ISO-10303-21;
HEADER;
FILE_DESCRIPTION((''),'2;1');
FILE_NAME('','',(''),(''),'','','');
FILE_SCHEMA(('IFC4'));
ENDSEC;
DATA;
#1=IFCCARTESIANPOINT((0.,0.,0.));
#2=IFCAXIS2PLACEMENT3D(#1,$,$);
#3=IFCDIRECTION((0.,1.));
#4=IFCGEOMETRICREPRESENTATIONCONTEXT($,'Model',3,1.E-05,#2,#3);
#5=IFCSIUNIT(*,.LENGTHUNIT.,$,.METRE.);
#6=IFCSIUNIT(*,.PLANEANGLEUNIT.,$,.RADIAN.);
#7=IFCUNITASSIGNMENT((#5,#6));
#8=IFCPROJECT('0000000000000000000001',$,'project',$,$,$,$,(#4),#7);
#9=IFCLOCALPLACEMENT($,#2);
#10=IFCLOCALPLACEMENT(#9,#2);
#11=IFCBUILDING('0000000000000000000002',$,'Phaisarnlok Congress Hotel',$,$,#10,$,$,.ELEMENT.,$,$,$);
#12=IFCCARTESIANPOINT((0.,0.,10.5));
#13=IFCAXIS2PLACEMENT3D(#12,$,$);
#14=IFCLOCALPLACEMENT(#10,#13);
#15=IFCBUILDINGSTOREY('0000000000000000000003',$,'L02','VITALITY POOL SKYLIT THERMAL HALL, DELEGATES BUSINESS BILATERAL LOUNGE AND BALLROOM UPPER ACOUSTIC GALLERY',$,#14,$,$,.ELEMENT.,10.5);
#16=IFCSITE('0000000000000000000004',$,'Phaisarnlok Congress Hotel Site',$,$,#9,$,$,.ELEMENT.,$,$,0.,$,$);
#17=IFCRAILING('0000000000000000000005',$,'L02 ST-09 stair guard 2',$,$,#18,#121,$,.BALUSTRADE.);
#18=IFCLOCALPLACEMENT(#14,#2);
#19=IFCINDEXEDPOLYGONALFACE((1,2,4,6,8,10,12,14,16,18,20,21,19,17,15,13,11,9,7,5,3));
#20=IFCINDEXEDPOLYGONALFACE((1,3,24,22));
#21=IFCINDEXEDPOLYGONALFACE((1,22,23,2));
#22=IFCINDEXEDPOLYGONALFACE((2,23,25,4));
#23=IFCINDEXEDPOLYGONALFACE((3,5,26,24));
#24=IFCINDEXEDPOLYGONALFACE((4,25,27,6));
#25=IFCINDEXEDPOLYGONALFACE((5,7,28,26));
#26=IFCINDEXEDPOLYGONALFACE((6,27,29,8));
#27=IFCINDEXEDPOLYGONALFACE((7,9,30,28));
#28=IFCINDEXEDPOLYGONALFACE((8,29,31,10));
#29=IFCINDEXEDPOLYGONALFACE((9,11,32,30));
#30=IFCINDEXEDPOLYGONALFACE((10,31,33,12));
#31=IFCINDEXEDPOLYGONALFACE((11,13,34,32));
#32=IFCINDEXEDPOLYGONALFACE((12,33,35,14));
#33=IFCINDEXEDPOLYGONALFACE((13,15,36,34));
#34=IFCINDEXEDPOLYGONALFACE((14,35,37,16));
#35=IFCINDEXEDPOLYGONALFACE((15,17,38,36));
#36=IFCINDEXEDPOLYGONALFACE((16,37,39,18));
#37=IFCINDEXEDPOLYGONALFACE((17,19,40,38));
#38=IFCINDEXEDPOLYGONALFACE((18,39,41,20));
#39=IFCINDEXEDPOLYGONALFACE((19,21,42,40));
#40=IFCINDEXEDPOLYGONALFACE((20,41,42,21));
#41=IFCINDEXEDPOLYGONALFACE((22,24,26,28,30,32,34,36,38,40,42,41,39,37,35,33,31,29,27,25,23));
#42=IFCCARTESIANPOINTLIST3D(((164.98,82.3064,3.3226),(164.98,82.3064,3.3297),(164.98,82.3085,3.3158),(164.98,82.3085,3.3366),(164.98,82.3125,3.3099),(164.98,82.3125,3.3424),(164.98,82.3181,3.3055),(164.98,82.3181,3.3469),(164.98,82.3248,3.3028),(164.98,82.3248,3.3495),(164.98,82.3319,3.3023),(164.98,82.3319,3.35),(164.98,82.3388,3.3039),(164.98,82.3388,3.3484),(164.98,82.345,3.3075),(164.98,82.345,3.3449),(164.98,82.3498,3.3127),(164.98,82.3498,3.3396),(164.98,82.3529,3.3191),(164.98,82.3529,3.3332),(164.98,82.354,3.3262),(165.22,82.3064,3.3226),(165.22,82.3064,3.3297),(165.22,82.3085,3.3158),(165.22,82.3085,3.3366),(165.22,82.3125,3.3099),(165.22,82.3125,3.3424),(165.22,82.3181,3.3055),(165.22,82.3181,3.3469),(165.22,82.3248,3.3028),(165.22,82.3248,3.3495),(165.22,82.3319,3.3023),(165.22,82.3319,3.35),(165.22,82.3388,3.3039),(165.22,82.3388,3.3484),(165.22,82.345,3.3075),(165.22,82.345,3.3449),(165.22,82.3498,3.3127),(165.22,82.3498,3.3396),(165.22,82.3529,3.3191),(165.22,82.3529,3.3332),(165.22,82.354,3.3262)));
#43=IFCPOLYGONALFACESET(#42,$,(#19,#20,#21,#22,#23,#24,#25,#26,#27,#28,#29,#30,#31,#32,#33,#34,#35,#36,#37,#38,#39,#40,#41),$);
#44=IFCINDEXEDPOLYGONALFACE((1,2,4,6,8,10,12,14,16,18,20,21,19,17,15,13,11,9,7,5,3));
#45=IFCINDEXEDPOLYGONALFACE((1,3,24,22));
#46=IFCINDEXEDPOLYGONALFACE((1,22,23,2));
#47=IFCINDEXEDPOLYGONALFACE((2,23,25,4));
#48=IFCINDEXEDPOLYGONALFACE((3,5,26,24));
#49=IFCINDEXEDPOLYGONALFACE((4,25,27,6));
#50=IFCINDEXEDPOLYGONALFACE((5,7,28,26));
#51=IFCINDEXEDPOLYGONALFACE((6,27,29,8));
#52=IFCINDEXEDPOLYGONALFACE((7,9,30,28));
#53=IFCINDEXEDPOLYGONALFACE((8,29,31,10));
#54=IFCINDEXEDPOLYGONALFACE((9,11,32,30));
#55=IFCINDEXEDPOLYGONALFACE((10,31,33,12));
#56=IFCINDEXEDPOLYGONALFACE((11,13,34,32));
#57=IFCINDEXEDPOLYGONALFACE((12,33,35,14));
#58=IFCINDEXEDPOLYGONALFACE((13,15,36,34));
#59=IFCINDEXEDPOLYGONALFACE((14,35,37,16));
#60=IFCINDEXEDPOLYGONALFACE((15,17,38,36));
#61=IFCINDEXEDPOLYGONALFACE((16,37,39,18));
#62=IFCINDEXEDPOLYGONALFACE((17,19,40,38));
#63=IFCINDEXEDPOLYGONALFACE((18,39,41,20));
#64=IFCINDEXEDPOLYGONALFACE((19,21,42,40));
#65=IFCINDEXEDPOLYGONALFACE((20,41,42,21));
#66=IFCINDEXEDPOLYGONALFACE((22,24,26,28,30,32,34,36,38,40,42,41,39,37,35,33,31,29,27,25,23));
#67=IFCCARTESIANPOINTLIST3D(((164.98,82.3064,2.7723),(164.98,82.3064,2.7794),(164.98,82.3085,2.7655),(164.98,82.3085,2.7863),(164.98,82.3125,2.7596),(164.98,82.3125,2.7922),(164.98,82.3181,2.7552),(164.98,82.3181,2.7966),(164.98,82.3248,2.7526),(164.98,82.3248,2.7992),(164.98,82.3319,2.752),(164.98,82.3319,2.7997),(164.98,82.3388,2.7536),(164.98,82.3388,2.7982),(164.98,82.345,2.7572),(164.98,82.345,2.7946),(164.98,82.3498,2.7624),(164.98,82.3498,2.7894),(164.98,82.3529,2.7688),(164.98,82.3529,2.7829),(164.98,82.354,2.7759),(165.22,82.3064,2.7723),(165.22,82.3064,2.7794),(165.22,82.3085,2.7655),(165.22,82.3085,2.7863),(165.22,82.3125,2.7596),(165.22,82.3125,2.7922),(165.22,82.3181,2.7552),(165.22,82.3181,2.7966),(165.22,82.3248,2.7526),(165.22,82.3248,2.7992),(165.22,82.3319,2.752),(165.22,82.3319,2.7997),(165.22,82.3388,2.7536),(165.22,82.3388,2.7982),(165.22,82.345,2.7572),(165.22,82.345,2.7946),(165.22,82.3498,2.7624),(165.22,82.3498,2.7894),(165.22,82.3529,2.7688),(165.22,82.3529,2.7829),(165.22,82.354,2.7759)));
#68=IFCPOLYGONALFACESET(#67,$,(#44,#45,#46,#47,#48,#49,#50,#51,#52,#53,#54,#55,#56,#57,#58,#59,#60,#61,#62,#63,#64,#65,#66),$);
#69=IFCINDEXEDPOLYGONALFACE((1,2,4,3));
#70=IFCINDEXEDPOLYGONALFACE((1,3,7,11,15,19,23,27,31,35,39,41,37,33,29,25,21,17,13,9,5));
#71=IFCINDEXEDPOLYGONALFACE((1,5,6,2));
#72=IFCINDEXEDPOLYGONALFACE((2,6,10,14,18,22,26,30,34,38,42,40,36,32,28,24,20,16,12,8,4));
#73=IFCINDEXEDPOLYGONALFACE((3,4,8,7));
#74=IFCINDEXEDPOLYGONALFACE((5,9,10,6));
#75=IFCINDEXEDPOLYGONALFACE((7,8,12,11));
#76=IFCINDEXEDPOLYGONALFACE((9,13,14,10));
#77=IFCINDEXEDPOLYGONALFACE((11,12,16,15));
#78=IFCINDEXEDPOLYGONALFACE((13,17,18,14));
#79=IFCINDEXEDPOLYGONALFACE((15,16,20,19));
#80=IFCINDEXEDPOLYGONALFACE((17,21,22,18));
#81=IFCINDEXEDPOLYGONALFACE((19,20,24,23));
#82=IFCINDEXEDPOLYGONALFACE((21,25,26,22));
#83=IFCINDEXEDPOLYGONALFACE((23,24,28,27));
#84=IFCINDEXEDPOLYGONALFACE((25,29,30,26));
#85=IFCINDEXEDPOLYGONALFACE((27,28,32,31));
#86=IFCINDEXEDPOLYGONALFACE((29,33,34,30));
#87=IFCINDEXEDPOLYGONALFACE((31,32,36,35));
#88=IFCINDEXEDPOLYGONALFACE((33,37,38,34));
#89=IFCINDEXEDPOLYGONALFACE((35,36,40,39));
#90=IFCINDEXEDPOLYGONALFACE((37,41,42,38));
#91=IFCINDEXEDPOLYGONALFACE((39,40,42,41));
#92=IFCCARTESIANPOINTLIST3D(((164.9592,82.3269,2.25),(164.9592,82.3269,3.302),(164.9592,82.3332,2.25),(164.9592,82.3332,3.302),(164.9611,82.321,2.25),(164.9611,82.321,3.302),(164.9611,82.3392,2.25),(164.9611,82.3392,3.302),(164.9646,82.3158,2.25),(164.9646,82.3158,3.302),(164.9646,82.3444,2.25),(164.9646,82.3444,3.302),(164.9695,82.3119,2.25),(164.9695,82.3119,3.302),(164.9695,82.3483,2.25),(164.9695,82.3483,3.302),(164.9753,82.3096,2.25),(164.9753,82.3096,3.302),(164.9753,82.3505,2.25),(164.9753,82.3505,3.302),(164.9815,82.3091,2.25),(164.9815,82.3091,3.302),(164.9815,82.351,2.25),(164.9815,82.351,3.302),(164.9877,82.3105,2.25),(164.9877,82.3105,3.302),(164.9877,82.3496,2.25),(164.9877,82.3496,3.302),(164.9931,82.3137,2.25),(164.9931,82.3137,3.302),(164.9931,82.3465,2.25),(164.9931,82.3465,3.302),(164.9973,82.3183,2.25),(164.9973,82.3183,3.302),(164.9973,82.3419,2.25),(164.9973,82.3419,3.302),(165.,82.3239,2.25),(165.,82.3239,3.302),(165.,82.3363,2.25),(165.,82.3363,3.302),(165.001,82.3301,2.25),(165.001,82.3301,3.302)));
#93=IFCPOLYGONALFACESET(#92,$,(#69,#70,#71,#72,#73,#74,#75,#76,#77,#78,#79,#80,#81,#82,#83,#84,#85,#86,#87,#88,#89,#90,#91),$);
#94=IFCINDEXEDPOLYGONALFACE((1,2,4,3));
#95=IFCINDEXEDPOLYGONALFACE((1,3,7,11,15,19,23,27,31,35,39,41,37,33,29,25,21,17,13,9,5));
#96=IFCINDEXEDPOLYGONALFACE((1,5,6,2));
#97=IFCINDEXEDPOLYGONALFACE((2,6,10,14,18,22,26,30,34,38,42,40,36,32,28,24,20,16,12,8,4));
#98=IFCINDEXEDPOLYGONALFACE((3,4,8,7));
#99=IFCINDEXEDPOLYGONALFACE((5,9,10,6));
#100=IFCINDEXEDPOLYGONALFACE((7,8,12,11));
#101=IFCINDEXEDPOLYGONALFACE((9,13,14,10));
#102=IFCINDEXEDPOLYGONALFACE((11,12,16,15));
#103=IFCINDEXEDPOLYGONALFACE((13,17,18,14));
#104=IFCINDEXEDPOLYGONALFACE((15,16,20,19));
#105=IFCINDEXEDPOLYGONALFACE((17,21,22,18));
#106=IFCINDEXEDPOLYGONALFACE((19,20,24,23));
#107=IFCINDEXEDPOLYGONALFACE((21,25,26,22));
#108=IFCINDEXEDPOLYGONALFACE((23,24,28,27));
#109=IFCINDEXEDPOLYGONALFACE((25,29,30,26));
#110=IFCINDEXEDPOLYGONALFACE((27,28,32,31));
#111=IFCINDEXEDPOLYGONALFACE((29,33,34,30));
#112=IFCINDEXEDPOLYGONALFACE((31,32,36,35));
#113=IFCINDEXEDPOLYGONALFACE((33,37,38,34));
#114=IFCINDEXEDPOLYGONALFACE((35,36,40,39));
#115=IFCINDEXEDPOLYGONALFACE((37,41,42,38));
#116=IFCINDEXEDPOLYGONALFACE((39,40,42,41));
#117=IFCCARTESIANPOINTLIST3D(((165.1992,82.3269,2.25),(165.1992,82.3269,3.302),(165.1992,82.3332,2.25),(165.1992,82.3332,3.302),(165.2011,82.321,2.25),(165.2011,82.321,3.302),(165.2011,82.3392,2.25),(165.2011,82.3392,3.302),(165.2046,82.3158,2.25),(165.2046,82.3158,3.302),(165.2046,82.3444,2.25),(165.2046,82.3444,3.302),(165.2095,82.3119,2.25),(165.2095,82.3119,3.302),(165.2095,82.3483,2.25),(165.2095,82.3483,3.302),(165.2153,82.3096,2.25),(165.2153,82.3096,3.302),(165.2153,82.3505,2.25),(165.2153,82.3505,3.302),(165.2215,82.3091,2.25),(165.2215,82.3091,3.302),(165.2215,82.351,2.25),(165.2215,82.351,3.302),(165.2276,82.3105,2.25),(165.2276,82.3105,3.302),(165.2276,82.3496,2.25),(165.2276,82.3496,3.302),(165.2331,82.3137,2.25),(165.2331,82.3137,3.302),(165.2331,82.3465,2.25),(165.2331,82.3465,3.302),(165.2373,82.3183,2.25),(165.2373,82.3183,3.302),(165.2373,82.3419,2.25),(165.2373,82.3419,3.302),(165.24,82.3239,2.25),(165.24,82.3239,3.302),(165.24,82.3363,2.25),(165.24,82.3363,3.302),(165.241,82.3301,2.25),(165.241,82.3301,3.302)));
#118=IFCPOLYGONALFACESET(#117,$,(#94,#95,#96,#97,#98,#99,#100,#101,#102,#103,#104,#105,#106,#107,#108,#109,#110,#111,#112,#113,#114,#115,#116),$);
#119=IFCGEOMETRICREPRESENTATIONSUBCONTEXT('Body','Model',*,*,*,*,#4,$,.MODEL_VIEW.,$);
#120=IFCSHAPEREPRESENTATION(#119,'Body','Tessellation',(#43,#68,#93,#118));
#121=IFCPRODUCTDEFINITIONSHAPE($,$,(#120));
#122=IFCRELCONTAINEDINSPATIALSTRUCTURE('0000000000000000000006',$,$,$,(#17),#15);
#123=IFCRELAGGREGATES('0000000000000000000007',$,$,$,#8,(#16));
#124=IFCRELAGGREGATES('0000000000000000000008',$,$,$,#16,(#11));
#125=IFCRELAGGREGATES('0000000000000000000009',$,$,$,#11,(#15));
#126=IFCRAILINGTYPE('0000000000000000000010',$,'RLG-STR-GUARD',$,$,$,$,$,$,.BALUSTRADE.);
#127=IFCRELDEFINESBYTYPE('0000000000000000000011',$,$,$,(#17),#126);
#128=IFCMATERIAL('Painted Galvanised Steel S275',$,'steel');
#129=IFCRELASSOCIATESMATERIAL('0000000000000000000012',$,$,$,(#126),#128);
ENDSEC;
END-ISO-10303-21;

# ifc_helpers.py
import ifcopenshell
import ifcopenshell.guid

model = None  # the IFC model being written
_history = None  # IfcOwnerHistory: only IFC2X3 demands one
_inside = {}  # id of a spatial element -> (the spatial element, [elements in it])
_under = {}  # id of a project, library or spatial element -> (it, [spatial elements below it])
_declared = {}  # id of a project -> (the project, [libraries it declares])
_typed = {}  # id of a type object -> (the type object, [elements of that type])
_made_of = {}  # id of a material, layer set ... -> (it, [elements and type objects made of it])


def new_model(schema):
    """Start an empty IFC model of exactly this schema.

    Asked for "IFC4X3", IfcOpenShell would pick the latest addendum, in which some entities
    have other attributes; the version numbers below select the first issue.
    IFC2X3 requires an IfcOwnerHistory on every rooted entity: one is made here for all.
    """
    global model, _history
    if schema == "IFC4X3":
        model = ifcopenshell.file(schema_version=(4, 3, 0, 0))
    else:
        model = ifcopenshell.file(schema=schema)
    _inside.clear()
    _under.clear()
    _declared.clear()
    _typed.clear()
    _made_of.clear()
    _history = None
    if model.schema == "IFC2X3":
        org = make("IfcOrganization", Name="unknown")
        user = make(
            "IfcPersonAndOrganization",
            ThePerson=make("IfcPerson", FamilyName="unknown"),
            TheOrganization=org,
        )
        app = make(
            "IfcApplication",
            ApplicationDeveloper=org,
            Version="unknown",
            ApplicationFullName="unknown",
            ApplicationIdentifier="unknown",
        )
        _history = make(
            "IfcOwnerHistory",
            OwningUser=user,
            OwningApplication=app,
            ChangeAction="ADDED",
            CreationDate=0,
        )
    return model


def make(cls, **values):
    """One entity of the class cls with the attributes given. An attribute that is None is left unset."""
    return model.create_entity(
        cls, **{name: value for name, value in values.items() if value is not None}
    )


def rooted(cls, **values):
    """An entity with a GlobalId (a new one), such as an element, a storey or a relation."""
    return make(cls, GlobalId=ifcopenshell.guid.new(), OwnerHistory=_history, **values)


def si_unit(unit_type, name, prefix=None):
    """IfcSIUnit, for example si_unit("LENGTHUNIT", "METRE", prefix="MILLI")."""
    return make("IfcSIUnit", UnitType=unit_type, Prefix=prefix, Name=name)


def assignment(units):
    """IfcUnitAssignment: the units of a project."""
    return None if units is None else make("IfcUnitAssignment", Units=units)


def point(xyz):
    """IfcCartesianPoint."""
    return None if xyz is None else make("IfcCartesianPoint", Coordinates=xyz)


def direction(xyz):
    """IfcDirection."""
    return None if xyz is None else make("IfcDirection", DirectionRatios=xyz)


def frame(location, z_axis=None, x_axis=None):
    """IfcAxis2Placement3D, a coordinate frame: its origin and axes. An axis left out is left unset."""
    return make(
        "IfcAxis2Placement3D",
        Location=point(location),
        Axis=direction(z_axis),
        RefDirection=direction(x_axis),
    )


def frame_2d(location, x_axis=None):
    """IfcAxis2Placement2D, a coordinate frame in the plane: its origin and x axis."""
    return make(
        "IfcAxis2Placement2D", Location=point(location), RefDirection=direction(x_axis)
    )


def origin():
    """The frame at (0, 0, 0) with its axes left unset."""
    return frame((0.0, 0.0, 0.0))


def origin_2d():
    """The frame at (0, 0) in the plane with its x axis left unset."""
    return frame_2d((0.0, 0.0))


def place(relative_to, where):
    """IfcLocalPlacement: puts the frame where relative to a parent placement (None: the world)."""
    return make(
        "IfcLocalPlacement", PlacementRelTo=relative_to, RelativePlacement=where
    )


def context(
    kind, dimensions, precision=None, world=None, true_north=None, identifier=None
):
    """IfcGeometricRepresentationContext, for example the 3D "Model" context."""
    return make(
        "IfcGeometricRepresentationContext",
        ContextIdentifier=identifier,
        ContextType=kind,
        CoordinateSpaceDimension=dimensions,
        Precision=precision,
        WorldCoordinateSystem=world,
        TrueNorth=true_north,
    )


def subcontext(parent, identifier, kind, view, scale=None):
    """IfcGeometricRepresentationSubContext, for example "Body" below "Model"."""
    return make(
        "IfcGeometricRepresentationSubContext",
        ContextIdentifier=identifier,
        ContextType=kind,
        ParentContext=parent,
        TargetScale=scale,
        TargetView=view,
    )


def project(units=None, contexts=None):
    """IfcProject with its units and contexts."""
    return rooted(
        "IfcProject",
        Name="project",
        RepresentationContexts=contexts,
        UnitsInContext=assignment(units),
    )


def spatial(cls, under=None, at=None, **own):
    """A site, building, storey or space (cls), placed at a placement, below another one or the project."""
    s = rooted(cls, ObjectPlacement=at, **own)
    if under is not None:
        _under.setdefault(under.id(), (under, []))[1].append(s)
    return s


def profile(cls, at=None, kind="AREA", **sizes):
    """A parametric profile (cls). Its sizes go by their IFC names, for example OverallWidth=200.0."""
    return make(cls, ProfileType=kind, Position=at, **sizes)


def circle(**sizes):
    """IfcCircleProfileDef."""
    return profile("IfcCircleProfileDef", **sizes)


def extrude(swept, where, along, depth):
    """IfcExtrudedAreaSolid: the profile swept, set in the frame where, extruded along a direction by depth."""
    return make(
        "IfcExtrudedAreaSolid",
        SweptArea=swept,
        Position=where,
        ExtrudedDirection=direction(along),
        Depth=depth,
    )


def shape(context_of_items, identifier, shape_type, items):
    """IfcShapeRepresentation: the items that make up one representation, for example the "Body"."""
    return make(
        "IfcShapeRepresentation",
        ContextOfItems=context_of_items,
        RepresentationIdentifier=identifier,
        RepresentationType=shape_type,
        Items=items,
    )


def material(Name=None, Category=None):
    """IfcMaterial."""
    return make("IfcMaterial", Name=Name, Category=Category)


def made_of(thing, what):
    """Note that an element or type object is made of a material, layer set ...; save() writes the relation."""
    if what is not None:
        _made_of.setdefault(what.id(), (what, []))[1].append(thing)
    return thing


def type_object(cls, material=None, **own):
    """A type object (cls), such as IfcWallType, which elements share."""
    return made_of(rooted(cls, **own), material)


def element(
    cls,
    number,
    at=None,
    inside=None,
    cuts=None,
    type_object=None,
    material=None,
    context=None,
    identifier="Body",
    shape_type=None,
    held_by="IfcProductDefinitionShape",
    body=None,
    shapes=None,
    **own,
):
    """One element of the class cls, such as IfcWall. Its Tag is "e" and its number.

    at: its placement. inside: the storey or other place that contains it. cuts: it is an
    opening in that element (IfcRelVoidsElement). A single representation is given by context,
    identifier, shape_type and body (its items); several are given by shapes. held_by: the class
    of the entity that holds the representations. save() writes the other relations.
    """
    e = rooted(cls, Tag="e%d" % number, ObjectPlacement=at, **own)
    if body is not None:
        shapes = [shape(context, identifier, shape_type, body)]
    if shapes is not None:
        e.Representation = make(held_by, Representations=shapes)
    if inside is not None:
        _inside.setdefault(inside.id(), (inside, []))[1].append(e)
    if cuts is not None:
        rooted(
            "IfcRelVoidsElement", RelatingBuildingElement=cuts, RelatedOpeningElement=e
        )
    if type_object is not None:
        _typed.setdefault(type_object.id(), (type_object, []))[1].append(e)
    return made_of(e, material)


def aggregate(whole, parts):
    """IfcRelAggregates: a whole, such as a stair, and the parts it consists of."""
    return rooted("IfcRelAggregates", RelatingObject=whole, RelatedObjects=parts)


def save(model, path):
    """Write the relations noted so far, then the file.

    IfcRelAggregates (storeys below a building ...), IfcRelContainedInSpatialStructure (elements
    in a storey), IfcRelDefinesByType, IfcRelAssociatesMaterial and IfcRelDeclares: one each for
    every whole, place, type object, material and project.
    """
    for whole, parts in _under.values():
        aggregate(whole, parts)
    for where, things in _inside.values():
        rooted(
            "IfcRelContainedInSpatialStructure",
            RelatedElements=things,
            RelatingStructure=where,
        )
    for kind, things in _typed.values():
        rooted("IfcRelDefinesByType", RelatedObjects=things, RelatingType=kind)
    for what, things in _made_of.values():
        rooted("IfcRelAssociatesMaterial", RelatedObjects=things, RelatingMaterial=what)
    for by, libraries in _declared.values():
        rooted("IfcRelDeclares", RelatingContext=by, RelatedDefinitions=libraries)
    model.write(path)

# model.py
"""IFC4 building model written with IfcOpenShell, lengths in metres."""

from ifc_helpers import new_model, si_unit, direction, frame, origin, origin_2d, place, context, subcontext, project, spatial, circle, extrude, material, type_object, element, save


model = new_model("IFC4")

# Units and contexts
model_context = context("Model", 3, precision=1e-05, world=origin(), true_north=direction((0.0, 1.0)))
body_context = subcontext(model_context, "Body", "Model", "MODEL_VIEW")
ifc_project = project(units=[si_unit("LENGTHUNIT", "METRE"), si_unit("PLANEANGLEUNIT", "RADIAN")], contexts=[model_context])

# Site, building, storey
site_placement = place(None, origin())
site = spatial("IfcSite", under=ifc_project, at=site_placement, Name="Phaisarnlok Congress Hotel Site", CompositionType="ELEMENT", RefElevation=0.0)
building_placement = place(site_placement, origin())
building = spatial("IfcBuilding", under=site, at=building_placement, Name="Phaisarnlok Congress Hotel", CompositionType="ELEMENT")
storey_placement = place(building_placement, frame((0.0, 0.0, 10.5)))
storey = spatial("IfcBuildingStorey", under=building, at=storey_placement, Name="L02", Description="VITALITY POOL SKYLIT THERMAL HALL, DELEGATES BUSINESS BILATERAL LOUNGE AND BALLROOM UPPER ACOUSTIC GALLERY", CompositionType="ELEMENT", Elevation=10.5)

# Railing
ifc_material_1 = material(Name="Painted Galvanised Steel S275", Category="steel")
railing_type = type_object("IfcRailingType", Name="RLG-STR-GUARD", PredefinedType="BALUSTRADE", material=ifc_material_1)
railing_1_placement = place(storey_placement, frame((164.98, 82.3301, 2.25)))
element("IfcRailing", 1, at=railing_1_placement, inside=storey, type_object=railing_type, Name="L02 ST-09 stair guard 2", PredefinedType="BALUSTRADE", context=body_context, shape_type="SweptSolid", body=[
    extrude(circle(Radius=0.0239, at=origin_2d()), frame((0.0, 0.0, 1.0762), z_axis=(1.0, 0.0, 0.0), x_axis=(0.0, 1.0, 0.0)), (0.0, 0.0, 1.0), 0.24),
    extrude(circle(Radius=0.0239, at=origin_2d()), frame((0.0, 0.0, 0.5259), z_axis=(1.0, 0.0, 0.0), x_axis=(0.0, 1.0, 0.0)), (0.0, 0.0, 1.0), 0.24),
    extrude(circle(Radius=0.021, at=origin_2d()), origin(), (0.0, 0.0, 1.0), 1.052),
    extrude(circle(Radius=0.021, at=origin_2d()), frame((0.24, 0.0, 0.0)), (0.0, 0.0, 1.0), 1.052),
])

save(model, "model.ifc")
